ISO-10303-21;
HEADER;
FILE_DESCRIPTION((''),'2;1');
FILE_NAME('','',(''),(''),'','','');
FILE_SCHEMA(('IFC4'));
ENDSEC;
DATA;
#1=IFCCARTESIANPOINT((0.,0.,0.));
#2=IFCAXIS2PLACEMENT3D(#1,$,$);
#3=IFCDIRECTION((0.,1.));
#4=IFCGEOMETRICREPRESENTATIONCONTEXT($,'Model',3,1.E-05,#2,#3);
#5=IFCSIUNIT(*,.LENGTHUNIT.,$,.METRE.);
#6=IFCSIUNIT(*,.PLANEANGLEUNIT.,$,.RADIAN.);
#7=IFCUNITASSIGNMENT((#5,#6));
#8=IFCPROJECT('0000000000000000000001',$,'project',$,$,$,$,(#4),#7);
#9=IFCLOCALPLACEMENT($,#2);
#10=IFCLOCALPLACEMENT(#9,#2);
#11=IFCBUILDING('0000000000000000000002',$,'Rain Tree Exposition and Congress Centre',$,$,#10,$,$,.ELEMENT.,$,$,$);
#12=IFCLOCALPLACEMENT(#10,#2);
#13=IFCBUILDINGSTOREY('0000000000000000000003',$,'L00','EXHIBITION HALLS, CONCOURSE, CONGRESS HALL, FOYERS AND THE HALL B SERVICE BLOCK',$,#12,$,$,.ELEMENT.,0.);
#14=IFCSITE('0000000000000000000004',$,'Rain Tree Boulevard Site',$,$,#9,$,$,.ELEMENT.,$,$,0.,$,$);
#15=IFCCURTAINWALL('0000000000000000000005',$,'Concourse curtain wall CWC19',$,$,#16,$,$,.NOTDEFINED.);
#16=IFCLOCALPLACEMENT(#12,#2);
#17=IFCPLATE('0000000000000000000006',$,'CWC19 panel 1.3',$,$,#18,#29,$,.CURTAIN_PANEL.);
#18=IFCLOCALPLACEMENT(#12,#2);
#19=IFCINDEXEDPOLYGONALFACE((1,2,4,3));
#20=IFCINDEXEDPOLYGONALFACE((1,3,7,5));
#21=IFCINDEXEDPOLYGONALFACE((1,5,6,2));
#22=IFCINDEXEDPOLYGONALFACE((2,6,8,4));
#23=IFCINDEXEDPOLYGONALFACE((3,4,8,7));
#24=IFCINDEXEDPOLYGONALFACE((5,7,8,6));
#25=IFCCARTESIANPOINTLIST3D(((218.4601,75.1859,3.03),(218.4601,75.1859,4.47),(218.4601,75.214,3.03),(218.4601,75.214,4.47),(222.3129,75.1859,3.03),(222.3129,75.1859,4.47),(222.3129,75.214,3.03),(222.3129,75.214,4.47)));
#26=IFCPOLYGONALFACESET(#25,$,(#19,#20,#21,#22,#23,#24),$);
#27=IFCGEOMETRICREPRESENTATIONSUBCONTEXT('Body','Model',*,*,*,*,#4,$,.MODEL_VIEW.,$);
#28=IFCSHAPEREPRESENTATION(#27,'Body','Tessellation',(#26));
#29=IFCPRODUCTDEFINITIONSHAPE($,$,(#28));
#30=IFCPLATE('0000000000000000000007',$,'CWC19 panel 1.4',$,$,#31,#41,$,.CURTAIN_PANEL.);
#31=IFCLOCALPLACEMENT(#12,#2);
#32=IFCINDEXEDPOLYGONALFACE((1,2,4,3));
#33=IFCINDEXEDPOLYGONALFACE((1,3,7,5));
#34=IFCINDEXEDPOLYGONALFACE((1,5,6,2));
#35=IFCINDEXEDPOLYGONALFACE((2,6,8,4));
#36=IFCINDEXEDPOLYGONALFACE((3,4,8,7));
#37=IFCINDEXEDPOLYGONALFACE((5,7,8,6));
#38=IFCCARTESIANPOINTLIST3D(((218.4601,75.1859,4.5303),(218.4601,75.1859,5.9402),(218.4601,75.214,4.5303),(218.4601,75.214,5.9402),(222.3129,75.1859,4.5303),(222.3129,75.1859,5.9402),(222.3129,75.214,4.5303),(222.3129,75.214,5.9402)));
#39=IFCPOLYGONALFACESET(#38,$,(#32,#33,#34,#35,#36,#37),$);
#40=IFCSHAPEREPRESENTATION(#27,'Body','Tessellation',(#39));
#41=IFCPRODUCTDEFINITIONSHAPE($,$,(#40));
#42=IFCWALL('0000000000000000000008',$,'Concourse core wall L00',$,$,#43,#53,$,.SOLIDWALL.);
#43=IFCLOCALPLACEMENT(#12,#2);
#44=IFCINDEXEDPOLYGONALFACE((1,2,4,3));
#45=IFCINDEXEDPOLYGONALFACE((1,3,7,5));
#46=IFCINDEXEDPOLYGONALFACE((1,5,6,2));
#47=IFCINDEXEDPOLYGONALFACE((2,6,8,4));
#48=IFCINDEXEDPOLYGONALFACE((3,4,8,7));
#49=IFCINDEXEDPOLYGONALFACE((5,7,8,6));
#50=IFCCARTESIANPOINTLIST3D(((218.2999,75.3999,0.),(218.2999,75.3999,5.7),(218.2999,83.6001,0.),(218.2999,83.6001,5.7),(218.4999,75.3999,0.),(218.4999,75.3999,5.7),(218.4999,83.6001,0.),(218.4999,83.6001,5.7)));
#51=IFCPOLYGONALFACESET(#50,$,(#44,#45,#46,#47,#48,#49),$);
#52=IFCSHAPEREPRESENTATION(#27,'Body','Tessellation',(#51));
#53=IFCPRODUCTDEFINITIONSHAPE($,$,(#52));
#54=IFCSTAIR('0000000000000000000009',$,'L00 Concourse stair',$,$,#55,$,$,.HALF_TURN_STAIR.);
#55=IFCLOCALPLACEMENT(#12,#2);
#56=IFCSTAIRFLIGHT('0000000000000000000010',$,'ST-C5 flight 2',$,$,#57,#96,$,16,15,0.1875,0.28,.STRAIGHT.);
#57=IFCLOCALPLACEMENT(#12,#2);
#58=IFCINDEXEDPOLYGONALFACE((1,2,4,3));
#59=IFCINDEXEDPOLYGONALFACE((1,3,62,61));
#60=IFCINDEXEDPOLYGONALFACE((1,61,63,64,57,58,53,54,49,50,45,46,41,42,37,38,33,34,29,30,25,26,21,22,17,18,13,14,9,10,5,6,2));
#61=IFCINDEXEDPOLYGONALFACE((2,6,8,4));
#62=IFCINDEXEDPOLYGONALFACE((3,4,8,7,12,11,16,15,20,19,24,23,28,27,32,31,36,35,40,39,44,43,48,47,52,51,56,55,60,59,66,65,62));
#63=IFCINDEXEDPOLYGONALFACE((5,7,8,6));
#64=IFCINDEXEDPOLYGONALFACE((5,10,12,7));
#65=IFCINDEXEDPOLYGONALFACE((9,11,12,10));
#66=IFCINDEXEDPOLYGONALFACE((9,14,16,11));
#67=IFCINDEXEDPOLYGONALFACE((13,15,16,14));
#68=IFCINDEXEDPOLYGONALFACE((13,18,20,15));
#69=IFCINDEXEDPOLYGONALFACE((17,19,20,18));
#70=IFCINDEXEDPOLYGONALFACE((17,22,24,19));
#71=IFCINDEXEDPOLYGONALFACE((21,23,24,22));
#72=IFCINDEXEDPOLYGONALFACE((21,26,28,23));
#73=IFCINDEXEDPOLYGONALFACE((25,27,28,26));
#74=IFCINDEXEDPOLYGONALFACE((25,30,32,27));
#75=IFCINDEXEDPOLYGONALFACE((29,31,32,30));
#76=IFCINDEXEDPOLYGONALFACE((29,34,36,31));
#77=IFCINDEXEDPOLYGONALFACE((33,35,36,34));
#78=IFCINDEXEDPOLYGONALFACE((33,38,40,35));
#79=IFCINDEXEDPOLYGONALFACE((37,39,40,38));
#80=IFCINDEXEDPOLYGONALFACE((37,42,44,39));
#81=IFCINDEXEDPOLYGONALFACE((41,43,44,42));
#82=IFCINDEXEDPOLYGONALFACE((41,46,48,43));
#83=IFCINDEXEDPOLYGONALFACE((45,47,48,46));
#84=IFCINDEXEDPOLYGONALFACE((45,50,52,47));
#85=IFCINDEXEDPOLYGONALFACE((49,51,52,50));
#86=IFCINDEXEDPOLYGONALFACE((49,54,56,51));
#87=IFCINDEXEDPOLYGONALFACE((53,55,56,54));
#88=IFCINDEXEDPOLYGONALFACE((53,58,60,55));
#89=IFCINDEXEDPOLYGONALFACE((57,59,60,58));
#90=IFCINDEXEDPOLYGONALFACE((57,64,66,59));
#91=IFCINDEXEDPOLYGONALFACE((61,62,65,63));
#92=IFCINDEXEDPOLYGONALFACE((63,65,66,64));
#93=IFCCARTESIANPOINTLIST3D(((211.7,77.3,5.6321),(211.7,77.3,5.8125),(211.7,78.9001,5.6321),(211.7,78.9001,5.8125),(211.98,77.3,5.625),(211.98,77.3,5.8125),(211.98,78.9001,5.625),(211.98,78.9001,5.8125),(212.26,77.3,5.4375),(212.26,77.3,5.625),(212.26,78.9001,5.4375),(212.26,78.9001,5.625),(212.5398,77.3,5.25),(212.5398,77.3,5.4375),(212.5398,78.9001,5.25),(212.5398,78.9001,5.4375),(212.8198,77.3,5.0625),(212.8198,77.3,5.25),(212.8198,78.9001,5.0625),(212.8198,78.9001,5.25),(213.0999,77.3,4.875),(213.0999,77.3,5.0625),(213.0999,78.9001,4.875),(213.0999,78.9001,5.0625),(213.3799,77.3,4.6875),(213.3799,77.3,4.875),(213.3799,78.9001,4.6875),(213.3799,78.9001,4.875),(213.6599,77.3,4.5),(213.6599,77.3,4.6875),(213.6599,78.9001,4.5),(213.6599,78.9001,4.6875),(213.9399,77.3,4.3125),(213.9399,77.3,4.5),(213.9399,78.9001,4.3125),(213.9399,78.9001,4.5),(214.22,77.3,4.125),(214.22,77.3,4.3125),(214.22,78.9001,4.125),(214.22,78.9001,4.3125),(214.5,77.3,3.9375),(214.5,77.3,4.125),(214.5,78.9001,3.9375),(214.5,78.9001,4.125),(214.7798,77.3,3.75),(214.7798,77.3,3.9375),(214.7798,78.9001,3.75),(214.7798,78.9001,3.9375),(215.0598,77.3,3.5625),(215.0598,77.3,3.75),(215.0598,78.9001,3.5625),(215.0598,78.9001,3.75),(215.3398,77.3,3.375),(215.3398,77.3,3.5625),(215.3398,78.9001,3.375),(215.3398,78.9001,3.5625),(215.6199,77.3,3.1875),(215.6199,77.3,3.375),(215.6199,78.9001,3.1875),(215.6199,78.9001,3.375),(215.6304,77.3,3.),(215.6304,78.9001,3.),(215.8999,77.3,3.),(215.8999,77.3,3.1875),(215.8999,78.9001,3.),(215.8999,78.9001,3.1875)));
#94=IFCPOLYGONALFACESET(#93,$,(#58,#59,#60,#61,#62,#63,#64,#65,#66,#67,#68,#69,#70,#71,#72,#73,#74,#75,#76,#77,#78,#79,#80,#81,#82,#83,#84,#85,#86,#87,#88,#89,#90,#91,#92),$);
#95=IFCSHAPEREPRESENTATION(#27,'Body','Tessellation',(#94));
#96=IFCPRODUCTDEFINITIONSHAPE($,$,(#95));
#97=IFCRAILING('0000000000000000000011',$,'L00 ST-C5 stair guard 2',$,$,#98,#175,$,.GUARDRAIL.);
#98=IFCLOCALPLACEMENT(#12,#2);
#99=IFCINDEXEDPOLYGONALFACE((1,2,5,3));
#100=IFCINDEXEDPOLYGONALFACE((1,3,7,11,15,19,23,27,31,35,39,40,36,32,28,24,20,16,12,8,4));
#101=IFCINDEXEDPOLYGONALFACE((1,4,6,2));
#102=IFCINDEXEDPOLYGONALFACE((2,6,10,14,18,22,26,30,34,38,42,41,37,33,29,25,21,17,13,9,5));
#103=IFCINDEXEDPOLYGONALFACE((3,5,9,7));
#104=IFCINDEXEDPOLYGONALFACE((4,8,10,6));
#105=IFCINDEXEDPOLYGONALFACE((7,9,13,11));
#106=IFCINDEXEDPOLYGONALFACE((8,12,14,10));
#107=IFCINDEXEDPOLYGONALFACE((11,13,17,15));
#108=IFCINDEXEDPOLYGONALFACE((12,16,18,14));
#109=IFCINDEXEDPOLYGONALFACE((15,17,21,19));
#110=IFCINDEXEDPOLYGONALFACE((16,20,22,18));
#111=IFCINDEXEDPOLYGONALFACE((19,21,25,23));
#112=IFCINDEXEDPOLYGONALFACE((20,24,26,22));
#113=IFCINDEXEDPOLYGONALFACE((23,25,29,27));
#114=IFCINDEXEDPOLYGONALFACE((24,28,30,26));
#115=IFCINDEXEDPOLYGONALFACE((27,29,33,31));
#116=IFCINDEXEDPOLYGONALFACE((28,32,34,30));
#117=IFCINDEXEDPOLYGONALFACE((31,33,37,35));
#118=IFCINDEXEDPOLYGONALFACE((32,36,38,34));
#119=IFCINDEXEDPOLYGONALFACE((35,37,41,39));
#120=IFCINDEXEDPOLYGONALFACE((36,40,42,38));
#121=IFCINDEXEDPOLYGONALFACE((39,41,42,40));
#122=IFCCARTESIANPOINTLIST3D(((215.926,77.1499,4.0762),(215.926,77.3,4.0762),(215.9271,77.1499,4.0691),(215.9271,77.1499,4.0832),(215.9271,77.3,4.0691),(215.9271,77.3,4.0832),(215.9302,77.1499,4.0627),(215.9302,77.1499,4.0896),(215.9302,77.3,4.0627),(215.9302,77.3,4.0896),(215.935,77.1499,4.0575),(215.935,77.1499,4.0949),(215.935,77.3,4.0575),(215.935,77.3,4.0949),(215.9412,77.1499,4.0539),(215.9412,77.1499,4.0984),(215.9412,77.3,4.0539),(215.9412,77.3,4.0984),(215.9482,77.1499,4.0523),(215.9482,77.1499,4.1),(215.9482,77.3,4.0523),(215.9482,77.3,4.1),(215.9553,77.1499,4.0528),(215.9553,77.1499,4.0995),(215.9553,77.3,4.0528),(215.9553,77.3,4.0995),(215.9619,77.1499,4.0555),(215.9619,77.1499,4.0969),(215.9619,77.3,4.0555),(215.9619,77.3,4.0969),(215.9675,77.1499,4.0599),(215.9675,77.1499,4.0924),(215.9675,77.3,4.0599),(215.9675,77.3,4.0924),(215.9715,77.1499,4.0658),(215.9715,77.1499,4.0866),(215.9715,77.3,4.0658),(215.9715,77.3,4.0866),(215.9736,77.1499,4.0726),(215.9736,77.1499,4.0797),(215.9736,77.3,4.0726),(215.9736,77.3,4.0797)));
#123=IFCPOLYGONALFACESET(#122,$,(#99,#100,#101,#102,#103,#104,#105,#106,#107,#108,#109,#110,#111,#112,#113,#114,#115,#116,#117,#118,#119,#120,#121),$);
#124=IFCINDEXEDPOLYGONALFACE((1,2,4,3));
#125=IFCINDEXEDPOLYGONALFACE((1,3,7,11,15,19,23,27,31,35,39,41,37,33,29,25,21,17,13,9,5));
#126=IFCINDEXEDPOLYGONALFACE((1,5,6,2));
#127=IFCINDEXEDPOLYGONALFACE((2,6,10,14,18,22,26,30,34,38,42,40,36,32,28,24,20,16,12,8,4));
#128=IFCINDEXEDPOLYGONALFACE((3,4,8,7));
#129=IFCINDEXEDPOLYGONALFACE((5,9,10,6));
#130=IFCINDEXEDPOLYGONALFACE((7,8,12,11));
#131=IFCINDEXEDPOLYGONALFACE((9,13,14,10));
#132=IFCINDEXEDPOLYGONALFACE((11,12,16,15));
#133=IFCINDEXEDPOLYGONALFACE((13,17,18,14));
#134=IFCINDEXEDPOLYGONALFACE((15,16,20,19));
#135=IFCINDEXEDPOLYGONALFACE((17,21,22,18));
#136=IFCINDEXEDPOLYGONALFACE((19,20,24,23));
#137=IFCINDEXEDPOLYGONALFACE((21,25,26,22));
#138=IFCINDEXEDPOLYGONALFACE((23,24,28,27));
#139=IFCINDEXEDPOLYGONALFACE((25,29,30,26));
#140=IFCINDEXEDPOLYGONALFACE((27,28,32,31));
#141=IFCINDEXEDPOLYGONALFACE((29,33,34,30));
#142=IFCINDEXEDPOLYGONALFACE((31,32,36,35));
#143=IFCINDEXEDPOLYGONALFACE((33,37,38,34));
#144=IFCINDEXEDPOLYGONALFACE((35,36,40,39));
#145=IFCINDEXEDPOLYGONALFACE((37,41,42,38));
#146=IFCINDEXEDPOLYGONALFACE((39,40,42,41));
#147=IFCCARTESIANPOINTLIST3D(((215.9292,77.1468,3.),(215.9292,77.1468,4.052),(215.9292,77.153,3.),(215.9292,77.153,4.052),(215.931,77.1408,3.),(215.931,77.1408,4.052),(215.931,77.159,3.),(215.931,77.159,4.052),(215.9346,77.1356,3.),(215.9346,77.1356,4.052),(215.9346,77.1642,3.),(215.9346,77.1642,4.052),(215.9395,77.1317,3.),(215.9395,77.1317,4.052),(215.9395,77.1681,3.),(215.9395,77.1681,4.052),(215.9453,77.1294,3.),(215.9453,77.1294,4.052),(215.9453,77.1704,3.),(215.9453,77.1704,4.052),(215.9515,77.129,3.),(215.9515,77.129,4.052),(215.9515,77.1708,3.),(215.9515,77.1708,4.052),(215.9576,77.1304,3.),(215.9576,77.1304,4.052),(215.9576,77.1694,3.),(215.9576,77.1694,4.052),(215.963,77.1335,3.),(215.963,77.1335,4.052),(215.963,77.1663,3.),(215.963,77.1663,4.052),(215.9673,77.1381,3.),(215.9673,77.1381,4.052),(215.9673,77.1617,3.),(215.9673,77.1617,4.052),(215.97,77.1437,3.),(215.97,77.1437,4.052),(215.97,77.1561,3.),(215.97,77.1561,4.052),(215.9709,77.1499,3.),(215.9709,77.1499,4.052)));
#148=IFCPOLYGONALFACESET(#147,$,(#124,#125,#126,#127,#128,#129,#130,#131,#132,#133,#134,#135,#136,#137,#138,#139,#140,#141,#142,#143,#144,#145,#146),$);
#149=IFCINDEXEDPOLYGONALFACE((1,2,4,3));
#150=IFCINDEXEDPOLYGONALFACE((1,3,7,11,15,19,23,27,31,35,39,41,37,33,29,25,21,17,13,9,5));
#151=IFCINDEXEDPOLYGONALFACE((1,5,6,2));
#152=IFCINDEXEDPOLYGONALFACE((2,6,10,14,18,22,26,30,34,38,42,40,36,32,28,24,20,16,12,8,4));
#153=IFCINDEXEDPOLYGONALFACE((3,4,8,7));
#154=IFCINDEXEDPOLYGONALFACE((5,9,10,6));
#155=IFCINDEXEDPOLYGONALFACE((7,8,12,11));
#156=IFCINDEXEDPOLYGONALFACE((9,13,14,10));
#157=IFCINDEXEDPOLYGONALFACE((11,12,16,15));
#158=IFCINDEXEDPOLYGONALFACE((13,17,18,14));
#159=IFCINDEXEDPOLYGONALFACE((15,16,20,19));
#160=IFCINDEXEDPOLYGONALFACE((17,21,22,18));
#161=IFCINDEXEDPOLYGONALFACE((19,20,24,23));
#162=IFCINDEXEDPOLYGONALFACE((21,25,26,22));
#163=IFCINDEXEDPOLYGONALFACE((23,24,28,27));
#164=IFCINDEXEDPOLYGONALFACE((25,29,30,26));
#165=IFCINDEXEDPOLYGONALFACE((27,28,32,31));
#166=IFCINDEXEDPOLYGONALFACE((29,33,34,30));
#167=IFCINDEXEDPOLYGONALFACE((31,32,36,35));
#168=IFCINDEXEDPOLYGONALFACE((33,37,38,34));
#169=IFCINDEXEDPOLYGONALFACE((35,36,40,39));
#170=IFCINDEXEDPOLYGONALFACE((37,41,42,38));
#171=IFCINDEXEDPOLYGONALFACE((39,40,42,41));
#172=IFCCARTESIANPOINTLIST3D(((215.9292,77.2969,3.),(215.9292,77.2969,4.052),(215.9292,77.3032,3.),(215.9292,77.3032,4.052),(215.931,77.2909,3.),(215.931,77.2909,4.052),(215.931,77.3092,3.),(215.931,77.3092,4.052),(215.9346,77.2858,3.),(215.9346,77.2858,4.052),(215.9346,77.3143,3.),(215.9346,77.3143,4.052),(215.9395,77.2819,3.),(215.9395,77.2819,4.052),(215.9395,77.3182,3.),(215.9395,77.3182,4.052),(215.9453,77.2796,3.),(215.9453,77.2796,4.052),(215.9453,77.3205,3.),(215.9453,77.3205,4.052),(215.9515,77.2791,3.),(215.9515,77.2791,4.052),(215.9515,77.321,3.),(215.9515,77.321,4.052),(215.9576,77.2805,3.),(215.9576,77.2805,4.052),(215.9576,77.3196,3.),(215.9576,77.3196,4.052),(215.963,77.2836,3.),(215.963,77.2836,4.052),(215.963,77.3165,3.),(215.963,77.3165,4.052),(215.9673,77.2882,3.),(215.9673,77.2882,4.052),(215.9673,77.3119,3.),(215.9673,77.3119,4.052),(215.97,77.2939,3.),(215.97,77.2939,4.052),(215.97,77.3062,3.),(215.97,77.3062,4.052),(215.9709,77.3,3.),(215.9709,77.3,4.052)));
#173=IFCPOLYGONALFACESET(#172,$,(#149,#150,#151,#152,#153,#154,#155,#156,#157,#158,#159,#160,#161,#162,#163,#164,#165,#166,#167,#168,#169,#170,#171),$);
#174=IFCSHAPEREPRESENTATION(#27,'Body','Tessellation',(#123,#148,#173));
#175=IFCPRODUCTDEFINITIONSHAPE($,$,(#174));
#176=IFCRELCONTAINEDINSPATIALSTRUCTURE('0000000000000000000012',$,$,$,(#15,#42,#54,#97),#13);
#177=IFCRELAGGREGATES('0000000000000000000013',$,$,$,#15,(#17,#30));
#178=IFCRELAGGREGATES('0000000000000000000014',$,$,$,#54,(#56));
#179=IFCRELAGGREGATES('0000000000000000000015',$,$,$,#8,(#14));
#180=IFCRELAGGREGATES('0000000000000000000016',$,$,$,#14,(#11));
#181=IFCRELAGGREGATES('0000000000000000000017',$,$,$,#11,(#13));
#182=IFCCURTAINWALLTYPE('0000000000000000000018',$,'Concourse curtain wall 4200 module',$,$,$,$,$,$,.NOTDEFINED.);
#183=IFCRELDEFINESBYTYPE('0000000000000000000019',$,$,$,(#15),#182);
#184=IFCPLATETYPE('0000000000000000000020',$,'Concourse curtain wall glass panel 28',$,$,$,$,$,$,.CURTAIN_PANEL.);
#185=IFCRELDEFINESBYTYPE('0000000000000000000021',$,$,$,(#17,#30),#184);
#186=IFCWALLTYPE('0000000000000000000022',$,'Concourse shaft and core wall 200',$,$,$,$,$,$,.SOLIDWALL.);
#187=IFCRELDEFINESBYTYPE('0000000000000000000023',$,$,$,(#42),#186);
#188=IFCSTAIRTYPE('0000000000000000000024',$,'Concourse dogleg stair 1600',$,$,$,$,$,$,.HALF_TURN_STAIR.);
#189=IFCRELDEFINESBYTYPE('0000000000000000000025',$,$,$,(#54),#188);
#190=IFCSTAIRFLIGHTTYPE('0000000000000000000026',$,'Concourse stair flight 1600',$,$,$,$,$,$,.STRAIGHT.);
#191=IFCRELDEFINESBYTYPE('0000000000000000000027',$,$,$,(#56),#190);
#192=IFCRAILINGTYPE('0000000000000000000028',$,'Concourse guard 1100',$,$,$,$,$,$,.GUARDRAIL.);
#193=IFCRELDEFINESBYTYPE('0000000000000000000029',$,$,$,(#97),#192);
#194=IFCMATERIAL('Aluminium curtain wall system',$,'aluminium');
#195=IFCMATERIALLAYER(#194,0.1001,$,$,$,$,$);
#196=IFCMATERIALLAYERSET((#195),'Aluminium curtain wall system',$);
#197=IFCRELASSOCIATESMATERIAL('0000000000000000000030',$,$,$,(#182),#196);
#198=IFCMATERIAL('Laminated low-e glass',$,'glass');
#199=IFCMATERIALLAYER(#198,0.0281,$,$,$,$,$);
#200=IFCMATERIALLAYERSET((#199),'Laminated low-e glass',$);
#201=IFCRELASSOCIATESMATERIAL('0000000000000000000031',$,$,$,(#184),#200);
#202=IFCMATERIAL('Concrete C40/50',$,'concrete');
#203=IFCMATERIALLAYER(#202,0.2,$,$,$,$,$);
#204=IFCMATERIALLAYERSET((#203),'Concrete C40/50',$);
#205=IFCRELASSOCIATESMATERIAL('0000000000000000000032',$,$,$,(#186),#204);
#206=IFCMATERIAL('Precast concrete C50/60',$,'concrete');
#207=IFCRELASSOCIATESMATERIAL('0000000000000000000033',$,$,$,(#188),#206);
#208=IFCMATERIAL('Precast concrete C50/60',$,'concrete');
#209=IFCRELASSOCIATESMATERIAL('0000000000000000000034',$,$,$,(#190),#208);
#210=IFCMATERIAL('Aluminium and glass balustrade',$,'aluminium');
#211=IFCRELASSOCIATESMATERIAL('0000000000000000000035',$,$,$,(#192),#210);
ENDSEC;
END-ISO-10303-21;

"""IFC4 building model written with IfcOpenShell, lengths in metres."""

from ifc_helpers import new_model, si_unit, direction, frame, frame_2d, origin, origin_2d, place, context, subcontext, project, spatial, polyline, rectangle, circle, outline, extrude, material, layer, layer_set, type_object, element, aggregate, save


model = new_model("IFC4")

# Units and contexts
model_context = context("Model", 3, precision=1e-05, world=origin(), true_north=direction((0.0, 1.0)))
body_context = subcontext(model_context, "Body", "Model", "MODEL_VIEW")
ifc_project = project(units=[si_unit("LENGTHUNIT", "METRE"), si_unit("PLANEANGLEUNIT", "RADIAN")], contexts=[model_context])

# Site, building, storey
site_placement = place(None, origin())
site = spatial("IfcSite", under=ifc_project, at=site_placement, Name="Rain Tree Boulevard Site", CompositionType="ELEMENT", RefElevation=0.0)
building_placement = place(site_placement, origin())
building = spatial("IfcBuilding", under=site, at=building_placement, Name="Rain Tree Exposition and Congress Centre", CompositionType="ELEMENT")
storey_placement = place(building_placement, origin())
storey = spatial("IfcBuildingStorey", under=building, at=storey_placement, Name="L00", Description="EXHIBITION HALLS, CONCOURSE, CONGRESS HALL, FOYERS AND THE HALL B SERVICE BLOCK", CompositionType="ELEMENT", Elevation=0.0)

# Curtain wall, plates
ifc_material_1 = material(Name="Aluminium curtain wall system", Category="aluminium")
ifc_layer_1 = layer(ifc_material_1, 0.1001)
ifc_layer_set_1 = layer_set([ifc_layer_1], Name="Aluminium curtain wall system")
curtain_wall_type = type_object("IfcCurtainWallType", Name="Concourse curtain wall 4200 module", PredefinedType="NOTDEFINED", material=ifc_layer_set_1)
curtain_wall_placement = place(storey_placement, origin())
curtain_wall = element("IfcCurtainWall", 1, at=curtain_wall_placement, inside=storey, type_object=curtain_wall_type, Name="Concourse curtain wall CWC19", PredefinedType="NOTDEFINED")
ifc_material_2 = material(Name="Laminated low-e glass", Category="glass")
ifc_layer_2 = layer(ifc_material_2, 0.0281)
ifc_layer_set_2 = layer_set([ifc_layer_2], Name="Laminated low-e glass")
plate_type = type_object("IfcPlateType", Name="Concourse curtain wall glass panel 28", PredefinedType="CURTAIN_PANEL", material=ifc_layer_set_2)
plate_1_placement = place(storey_placement, frame((220.3865, 75.2, 3.03), z_axis=(0.0, 0.0, 1.0), x_axis=(1.0, 0.0, 0.0)))
plate_1 = element("IfcPlate", 2, at=plate_1_placement, type_object=plate_type, Name="CWC19 panel 1.3", PredefinedType="CURTAIN_PANEL", context=body_context, shape_type="SweptSolid", body=[
    extrude(rectangle(XDim=3.8528, YDim=0.0281, at=origin_2d()), origin(), (0.0, 0.0, 1.0), 1.4399),
])
plate_2_placement = place(storey_placement, frame((220.3865, 75.2, 4.5303), z_axis=(0.0, 0.0, 1.0), x_axis=(1.0, 0.0, 0.0)))
plate_2 = element("IfcPlate", 3, at=plate_2_placement, type_object=plate_type, Name="CWC19 panel 1.4", PredefinedType="CURTAIN_PANEL", context=body_context, shape_type="SweptSolid", body=[
    extrude(rectangle(XDim=3.8528, YDim=0.0281, at=origin_2d()), origin(), (0.0, 0.0, 1.0), 1.4099),
])
aggregate(curtain_wall, [plate_1, plate_2])

# Wall
ifc_material_3 = material(Name="Concrete C40/50", Category="concrete")
ifc_layer_3 = layer(ifc_material_3, 0.2)
ifc_layer_set_3 = layer_set([ifc_layer_3], Name="Concrete C40/50")
wall_type_1 = type_object("IfcWallType", Name="Concourse shaft and core wall 200", PredefinedType="SOLIDWALL", material=ifc_layer_set_3)
wall_1_placement = place(storey_placement, frame((218.3999, 75.3999, 0.0), z_axis=(0.0, 0.0, 1.0), x_axis=(0.0, 1.0, 0.0)))
element("IfcWall", 4, at=wall_1_placement, inside=storey, type_object=wall_type_1, Name="Concourse core wall L00", PredefinedType="SOLIDWALL", context=body_context, shape_type="SweptSolid", body=[
    extrude(rectangle(XDim=8.2002, YDim=0.2, at=frame_2d((4.1001, 0.0))), origin(), (0.0, 0.0, 1.0), 5.7),
])

# Stair, stair flight
ifc_material_4 = material(Name="Precast concrete C50/60", Category="concrete")
stair_type = type_object("IfcStairType", Name="Concourse dogleg stair 1600", PredefinedType="HALF_TURN_STAIR", material=ifc_material_4)
stair_placement = place(storey_placement, origin())
stair = element("IfcStair", 5, at=stair_placement, inside=storey, type_object=stair_type, Name="L00 Concourse stair", PredefinedType="HALF_TURN_STAIR")
ifc_material_5 = material(Name="Precast concrete C50/60", Category="concrete")
stair_flight_type = type_object("IfcStairFlightType", Name="Concourse stair flight 1600", PredefinedType="STRAIGHT", material=ifc_material_5)
stair_flight_placement = place(storey_placement, frame((215.8999, 78.1001, 3.0), z_axis=(0.0, 0.0, 1.0), x_axis=(-1.0, 0.0, 0.0)))
stair_flight = element("IfcStairFlight", 6, at=stair_flight_placement, type_object=stair_flight_type, Name="ST-C5 flight 2", NumberOfRisers=16, NumberOfTreads=15, PredefinedType="STRAIGHT", RiserHeight=0.1875, TreadLength=0.28, context=body_context, shape_type="SweptSolid", body=[
    extrude(outline(polyline([(0.0, 0.0), (0.0, 0.1875), (0.28, 0.1875), (0.28, 0.375), (0.5601, 0.375), (0.5601, 0.5625), (0.8401, 0.5625), (0.8401, 0.75), (1.1201, 0.75), (1.1201, 0.9375), (1.3999, 0.9375), (1.3999, 1.125), (1.6799, 1.125), (1.6799, 1.3125), (1.96, 1.3125), (1.96, 1.5), (2.24, 1.5), (2.24, 1.6875), (2.52, 1.6875), (2.52, 1.875), (2.8, 1.875), (2.8, 2.0625), (3.0801, 2.0625), (3.0801, 2.25), (3.3601, 2.25), (3.3601, 2.4375), (3.6399, 2.4375), (3.6399, 2.625), (3.9199, 2.625), (3.9199, 2.8125), (4.2, 2.8125), (4.2, 3.0), (4.2, 2.6321), (0.2695, 0.0), (0.0, 0.0)])), frame((0.0, 0.8, 0.0), z_axis=(0.0, -1.0, 0.0), x_axis=(1.0, 0.0, 0.0)), (0.0, 0.0, 1.0), 1.6001),
])
aggregate(stair, [stair_flight])

# Railing
ifc_material_6 = material(Name="Aluminium and glass balustrade", Category="aluminium")
railing_type_1 = type_object("IfcRailingType", Name="Concourse guard 1100", PredefinedType="GUARDRAIL", material=ifc_material_6)
railing_1_placement = place(storey_placement, frame((215.95, 77.1499, 3.0)))
element("IfcRailing", 7, at=railing_1_placement, inside=storey, type_object=railing_type_1, Name="L00 ST-C5 stair guard 2", PredefinedType="GUARDRAIL", context=body_context, shape_type="SweptSolid", body=[
    extrude(circle(Radius=0.0239, at=origin_2d()), frame((0.0, 0.0, 1.0762), z_axis=(0.0, 1.0, 0.0), x_axis=(-1.0, 0.0, 0.0)), (0.0, 0.0, 1.0), 0.1501),
    extrude(circle(Radius=0.021, at=origin_2d()), origin(), (0.0, 0.0, 1.0), 1.052),
    extrude(circle(Radius=0.021, at=origin_2d()), frame((0.0, 0.1501, 0.0)), (0.0, 0.0, 1.0), 1.052),
])

save(model, "model.ifc")
